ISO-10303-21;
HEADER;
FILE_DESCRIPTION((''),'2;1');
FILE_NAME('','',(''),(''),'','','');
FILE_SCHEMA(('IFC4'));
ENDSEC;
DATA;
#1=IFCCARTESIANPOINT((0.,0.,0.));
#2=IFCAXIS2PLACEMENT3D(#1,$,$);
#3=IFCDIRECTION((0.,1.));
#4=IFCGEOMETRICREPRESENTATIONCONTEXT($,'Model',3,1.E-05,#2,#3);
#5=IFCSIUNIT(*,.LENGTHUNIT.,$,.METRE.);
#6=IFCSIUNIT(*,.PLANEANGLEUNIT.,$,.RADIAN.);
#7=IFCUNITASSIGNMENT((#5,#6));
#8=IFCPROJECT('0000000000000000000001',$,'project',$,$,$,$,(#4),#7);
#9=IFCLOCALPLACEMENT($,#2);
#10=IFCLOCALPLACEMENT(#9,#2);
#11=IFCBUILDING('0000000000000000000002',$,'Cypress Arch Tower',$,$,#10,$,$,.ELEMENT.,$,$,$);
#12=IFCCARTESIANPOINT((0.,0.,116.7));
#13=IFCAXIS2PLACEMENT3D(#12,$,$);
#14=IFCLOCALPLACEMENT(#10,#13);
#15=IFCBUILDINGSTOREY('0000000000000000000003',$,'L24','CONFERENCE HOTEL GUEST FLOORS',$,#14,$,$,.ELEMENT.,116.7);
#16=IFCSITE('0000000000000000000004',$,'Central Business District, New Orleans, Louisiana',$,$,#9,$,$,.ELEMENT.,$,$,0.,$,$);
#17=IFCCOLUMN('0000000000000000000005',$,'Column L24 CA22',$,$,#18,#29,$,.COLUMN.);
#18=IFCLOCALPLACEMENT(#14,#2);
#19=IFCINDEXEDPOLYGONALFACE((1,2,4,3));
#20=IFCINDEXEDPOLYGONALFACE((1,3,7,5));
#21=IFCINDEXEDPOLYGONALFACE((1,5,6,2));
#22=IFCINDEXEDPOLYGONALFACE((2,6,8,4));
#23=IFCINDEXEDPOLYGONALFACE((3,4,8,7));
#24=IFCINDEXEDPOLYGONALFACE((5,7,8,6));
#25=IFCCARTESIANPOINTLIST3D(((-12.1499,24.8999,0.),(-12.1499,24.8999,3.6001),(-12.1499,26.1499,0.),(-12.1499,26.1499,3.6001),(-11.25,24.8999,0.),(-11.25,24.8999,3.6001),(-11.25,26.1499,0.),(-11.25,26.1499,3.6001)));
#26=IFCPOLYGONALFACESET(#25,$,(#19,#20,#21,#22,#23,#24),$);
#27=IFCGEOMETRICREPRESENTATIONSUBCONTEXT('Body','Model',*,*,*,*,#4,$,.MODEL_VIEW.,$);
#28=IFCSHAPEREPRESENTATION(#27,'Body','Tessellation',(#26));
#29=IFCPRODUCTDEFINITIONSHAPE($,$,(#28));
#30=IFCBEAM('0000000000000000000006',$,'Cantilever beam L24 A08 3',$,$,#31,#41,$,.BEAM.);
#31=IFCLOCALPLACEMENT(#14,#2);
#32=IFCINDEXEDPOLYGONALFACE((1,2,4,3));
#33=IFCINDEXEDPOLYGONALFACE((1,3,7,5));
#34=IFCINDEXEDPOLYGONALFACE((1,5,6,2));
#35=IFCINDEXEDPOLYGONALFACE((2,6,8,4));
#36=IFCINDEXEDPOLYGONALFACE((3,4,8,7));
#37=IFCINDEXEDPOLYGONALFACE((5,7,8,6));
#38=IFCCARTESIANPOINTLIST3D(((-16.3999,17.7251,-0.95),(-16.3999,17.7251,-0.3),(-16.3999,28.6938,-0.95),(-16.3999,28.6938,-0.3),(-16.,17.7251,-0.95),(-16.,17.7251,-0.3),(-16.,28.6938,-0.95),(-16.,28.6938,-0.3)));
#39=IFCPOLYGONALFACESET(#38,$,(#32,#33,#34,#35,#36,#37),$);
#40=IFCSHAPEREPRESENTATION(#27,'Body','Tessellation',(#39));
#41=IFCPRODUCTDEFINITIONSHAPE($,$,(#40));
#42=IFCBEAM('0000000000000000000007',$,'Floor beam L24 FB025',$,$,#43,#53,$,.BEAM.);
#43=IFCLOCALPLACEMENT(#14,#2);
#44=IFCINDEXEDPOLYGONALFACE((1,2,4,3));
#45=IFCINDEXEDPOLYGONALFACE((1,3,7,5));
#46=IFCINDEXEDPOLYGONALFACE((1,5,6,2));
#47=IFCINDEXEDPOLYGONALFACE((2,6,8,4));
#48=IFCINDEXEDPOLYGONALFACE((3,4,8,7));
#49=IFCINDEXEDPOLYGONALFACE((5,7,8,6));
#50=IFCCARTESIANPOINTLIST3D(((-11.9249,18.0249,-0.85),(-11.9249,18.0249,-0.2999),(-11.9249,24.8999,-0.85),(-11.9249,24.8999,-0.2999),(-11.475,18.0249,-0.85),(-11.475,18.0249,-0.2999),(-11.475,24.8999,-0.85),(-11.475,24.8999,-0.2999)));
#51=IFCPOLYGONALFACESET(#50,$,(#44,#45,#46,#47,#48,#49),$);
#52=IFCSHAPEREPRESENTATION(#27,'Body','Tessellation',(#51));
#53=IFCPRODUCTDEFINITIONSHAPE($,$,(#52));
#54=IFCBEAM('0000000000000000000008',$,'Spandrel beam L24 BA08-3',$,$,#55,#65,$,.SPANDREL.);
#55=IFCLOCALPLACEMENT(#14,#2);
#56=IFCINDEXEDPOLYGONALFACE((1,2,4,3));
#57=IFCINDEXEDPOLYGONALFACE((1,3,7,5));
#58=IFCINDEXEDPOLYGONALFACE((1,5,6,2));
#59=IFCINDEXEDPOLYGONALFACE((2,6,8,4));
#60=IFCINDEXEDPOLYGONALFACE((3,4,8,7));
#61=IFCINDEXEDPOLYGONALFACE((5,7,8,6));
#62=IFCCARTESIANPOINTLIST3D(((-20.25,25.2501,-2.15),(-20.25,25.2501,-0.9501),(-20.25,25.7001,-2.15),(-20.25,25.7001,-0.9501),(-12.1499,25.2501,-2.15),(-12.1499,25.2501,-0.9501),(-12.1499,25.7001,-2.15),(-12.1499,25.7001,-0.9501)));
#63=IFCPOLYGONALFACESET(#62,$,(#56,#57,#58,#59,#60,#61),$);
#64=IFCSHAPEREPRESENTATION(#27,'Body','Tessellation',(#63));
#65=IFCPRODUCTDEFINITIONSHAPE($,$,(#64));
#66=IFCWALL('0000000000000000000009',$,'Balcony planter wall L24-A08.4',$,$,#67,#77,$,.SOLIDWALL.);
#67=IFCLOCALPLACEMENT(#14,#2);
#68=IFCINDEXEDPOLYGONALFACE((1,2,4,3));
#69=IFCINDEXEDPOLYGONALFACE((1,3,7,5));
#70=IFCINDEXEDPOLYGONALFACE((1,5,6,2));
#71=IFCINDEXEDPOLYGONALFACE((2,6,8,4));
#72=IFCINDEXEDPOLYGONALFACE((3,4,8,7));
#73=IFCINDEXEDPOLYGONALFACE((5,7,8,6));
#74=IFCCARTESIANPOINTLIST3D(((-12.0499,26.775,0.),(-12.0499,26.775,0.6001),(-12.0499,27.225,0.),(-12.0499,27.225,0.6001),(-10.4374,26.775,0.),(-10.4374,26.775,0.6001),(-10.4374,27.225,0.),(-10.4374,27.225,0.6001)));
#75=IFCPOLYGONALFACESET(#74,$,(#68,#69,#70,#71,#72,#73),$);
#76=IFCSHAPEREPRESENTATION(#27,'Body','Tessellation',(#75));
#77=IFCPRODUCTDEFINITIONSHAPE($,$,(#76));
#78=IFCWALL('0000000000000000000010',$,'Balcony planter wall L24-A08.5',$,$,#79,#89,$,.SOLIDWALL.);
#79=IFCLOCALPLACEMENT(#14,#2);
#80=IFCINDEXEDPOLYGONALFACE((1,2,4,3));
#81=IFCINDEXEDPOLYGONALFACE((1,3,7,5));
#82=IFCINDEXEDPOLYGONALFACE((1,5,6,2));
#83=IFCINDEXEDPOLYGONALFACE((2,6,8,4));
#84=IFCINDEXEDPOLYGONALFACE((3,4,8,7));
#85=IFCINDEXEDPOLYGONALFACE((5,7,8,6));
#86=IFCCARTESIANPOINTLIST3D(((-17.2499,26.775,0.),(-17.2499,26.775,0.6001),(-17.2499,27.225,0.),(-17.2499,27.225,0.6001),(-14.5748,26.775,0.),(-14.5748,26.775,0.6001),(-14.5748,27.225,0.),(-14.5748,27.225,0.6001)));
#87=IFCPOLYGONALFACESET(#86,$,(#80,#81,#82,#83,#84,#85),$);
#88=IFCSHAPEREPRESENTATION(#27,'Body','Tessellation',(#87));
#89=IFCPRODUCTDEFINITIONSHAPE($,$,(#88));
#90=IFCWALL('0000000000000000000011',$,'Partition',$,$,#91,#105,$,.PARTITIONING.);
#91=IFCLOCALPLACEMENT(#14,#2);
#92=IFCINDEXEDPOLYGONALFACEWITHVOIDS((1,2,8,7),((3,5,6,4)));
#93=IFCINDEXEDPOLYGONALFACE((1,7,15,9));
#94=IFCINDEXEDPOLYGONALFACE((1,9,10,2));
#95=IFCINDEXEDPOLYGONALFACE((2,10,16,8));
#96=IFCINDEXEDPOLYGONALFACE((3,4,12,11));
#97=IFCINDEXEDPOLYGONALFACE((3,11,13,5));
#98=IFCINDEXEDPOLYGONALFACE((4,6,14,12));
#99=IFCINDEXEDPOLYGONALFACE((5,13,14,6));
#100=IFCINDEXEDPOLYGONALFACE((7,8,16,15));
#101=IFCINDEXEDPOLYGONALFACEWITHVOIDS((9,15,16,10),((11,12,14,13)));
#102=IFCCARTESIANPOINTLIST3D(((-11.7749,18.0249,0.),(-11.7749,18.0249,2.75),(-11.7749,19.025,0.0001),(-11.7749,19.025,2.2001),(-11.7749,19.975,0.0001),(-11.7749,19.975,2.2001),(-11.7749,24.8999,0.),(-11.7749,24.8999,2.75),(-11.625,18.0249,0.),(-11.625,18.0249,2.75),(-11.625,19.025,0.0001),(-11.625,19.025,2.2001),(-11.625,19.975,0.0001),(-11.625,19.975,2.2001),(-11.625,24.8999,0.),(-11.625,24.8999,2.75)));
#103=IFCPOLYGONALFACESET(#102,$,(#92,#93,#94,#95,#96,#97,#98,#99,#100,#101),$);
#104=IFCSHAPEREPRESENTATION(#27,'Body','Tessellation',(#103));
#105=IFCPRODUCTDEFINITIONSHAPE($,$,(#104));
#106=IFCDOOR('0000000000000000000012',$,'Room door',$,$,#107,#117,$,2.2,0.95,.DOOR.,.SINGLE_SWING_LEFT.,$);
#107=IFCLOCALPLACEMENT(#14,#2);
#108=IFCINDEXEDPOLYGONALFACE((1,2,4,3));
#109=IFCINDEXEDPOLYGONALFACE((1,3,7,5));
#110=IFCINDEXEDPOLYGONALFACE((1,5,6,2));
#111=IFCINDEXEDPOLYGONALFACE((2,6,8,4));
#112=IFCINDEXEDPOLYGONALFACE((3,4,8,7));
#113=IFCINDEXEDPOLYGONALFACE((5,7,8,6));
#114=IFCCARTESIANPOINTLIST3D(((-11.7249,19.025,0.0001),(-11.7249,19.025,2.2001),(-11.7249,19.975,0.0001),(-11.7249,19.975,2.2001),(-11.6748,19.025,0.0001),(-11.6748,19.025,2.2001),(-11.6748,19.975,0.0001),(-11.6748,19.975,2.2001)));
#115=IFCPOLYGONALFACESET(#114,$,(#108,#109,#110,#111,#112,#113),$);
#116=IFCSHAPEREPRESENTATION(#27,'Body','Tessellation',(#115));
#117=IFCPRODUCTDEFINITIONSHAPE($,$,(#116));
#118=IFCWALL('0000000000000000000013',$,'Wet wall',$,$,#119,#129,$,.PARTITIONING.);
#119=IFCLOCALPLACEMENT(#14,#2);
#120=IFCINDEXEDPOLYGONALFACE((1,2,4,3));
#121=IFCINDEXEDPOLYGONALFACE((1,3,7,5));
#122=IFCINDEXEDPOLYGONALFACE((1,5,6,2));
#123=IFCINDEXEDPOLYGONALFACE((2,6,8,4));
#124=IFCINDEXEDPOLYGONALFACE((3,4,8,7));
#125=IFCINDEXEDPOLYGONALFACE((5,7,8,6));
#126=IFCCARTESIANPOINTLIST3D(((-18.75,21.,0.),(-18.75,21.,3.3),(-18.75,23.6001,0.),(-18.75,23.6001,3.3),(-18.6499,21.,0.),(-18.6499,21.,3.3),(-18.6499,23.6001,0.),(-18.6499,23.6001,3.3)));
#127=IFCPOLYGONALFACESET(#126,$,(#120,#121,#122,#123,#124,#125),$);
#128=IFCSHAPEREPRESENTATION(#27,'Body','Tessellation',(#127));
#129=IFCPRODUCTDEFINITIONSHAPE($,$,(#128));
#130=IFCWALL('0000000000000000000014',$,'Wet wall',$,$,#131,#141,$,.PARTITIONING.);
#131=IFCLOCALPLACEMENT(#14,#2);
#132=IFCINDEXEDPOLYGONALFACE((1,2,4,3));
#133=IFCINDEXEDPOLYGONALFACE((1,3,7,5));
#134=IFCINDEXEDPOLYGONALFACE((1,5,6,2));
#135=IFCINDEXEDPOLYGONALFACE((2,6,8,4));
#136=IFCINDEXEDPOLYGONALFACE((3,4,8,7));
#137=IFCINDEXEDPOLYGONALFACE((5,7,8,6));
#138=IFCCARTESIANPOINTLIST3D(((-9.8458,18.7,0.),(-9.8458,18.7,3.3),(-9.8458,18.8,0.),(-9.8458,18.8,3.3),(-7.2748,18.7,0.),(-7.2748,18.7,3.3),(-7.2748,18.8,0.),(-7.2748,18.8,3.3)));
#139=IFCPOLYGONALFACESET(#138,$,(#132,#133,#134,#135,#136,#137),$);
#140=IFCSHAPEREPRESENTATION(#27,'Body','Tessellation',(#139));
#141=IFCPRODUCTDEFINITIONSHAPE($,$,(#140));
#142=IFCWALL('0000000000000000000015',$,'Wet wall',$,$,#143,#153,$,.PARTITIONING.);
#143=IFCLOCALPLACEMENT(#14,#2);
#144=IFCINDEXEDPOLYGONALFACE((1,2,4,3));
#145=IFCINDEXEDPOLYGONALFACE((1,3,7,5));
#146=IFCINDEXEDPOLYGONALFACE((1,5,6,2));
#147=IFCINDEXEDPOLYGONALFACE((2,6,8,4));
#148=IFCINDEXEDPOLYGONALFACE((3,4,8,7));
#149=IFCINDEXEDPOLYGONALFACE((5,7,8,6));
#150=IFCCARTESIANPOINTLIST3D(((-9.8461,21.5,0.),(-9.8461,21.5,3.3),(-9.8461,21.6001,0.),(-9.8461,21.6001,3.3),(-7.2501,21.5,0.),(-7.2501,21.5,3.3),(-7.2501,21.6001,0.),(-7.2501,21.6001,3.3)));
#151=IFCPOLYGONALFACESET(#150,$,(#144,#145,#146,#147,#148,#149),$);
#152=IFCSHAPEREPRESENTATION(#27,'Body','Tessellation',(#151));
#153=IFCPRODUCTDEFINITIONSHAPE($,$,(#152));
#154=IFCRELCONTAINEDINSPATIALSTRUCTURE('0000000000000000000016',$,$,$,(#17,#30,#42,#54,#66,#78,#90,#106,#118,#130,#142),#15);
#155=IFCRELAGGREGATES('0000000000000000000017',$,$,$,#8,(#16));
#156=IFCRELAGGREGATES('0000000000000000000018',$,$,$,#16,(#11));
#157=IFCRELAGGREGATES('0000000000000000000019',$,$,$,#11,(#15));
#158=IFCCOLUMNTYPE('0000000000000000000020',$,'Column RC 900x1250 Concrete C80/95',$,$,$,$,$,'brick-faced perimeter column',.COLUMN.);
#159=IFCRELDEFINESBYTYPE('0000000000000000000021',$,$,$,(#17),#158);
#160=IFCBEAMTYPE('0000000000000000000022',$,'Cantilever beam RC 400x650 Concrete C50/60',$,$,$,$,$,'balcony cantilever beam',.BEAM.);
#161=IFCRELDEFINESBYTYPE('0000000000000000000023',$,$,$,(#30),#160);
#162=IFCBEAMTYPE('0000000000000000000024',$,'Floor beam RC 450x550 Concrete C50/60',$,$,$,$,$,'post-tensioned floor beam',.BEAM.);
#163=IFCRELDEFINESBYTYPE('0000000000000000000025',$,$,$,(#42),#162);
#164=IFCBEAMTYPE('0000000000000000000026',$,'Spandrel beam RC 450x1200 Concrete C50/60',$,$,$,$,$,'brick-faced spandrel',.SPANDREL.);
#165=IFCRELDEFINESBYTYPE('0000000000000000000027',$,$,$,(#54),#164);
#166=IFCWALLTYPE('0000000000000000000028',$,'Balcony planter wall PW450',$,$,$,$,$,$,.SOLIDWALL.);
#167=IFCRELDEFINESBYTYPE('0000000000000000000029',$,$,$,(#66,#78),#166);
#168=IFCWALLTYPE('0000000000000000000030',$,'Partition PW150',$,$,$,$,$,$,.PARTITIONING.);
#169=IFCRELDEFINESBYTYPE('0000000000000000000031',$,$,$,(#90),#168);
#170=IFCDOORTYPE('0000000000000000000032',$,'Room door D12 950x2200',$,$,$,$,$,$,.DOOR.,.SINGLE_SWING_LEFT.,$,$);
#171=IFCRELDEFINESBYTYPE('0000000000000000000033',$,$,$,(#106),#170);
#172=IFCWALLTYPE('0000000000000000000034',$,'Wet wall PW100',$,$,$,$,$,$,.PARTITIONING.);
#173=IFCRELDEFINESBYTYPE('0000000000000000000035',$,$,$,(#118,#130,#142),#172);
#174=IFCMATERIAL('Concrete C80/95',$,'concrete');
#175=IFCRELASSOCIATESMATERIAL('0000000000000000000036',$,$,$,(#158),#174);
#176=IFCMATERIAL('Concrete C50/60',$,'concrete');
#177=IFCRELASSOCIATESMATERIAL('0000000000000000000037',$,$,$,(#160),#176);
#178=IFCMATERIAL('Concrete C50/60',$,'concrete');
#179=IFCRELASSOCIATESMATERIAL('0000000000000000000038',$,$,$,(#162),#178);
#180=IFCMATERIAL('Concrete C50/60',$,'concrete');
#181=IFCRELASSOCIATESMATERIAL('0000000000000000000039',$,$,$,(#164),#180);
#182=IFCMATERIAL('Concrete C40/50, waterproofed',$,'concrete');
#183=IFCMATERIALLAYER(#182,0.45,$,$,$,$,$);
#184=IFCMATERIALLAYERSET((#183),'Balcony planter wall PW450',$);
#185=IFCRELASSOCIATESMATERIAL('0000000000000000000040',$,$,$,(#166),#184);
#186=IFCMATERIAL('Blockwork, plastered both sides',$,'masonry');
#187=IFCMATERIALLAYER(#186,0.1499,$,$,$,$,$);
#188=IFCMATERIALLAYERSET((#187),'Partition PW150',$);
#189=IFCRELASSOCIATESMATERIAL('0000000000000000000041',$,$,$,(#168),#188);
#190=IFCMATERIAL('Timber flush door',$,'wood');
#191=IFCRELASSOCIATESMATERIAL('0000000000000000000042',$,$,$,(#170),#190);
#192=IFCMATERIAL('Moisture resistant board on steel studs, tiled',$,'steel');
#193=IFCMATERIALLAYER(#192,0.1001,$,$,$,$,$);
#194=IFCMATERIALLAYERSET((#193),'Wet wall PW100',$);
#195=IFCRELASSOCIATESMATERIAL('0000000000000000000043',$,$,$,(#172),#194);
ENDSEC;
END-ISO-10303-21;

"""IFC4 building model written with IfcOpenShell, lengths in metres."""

from ifc_helpers import new_model, si_unit, direction, frame, frame_2d, origin, origin_2d, place, context, subcontext, project, spatial, rectangle, extrude, material, layer, layer_set, material_profile, profile_set, type_object, element, fill, save


model = new_model("IFC4")

# Units and contexts
model_context = context("Model", 3, precision=1e-05, world=origin(), true_north=direction((0.0, 1.0)))
body_context = subcontext(model_context, "Body", "Model", "MODEL_VIEW")
ifc_project = project(units=[si_unit("LENGTHUNIT", "METRE"), si_unit("PLANEANGLEUNIT", "RADIAN")], contexts=[model_context])

# Site, building, storey
site_placement = place(None, origin())
site = spatial("IfcSite", under=ifc_project, at=site_placement, Name="Central Business District, New Orleans, Louisiana", CompositionType="ELEMENT", RefElevation=0.0)
building_placement = place(site_placement, origin())
building = spatial("IfcBuilding", under=site, at=building_placement, Name="Cypress Arch Tower", CompositionType="ELEMENT")
storey_placement = place(building_placement, frame((0.0, 0.0, 116.7)))
storey = spatial("IfcBuildingStorey", under=building, at=storey_placement, Name="L24", Description="CONFERENCE HOTEL GUEST FLOORS", CompositionType="ELEMENT", Elevation=116.7)

# Column
ifc_material_1 = material(Name="Concrete C80/95", Category="concrete")
ifc_material_profile_1 = material_profile(ifc_material_1, rectangle(XDim=0.8999, YDim=1.25, at=origin_2d()), Name="RC 900x1250")
ifc_profile_set_1 = profile_set([ifc_material_profile_1], Name="Concrete C80/95")
column_type = type_object("IfcColumnType", Name="Column RC 900x1250 Concrete C80/95", ElementType="brick-faced perimeter column", PredefinedType="COLUMN", material=ifc_profile_set_1)
column_placement = place(storey_placement, frame((-11.7, 25.5249, 0.0), z_axis=(0.0, 0.0, 1.0), x_axis=(-1.0, 0.0, 0.0)))
element("IfcColumn", 1, at=column_placement, inside=storey, type_object=column_type, Name="Column L24 CA22", PredefinedType="COLUMN", context=body_context, shape_type="SweptSolid", body=[
    extrude(rectangle(XDim=0.8999, YDim=1.25, at=origin_2d()), origin(), (0.0, 0.0, 1.0), 3.6001),
])

# Beams
ifc_material_2 = material(Name="Concrete C50/60", Category="concrete")
ifc_material_profile_2 = material_profile(ifc_material_2, rectangle(XDim=0.3999, YDim=0.6499, at=origin_2d()), Name="RC 400x650")
ifc_profile_set_2 = profile_set([ifc_material_profile_2], Name="Concrete C50/60")
beam_type_1 = type_object("IfcBeamType", Name="Cantilever beam RC 400x650 Concrete C50/60", ElementType="balcony cantilever beam", PredefinedType="BEAM", material=ifc_profile_set_2)
beam_1_placement = place(storey_placement, frame((-16.2, 17.7251, -0.625), z_axis=(0.0, 1.0, 0.0), x_axis=(-1.0, 0.0, 0.0)))
element("IfcBeam", 2, at=beam_1_placement, inside=storey, type_object=beam_type_1, Name="Cantilever beam L24 A08 3", PredefinedType="BEAM", context=body_context, shape_type="SweptSolid", body=[
    extrude(rectangle(XDim=0.3999, YDim=0.6499, at=origin_2d()), origin(), (0.0, 0.0, 1.0), 10.9688),
])
ifc_material_3 = material(Name="Concrete C50/60", Category="concrete")
ifc_material_profile_3 = material_profile(ifc_material_3, rectangle(XDim=0.45, YDim=0.55, at=origin_2d()), Name="RC 450x550")
ifc_profile_set_3 = profile_set([ifc_material_profile_3], Name="Concrete C50/60")
beam_type_2 = type_object("IfcBeamType", Name="Floor beam RC 450x550 Concrete C50/60", ElementType="post-tensioned floor beam", PredefinedType="BEAM", material=ifc_profile_set_3)
beam_2_placement = place(storey_placement, frame((-11.7, 18.0249, -0.575), z_axis=(0.0, 1.0, 0.0), x_axis=(-1.0, 0.0, 0.0)))
element("IfcBeam", 3, at=beam_2_placement, inside=storey, type_object=beam_type_2, Name="Floor beam L24 FB025", PredefinedType="BEAM", context=body_context, shape_type="SweptSolid", body=[
    extrude(rectangle(XDim=0.45, YDim=0.55, at=origin_2d()), origin(), (0.0, 0.0, 1.0), 6.875),
])
ifc_material_4 = material(Name="Concrete C50/60", Category="concrete")
ifc_material_profile_4 = material_profile(ifc_material_4, rectangle(XDim=0.45, YDim=1.2, at=origin_2d()), Name="RC 450x1200")
ifc_profile_set_4 = profile_set([ifc_material_profile_4], Name="Concrete C50/60")
beam_type_3 = type_object("IfcBeamType", Name="Spandrel beam RC 450x1200 Concrete C50/60", ElementType="brick-faced spandrel", PredefinedType="SPANDREL", material=ifc_profile_set_4)
beam_3_placement = place(storey_placement, frame((-12.1499, 25.4751, -1.55), z_axis=(-1.0, 0.0, 0.0), x_axis=(0.0, -1.0, 0.0)))
element("IfcBeam", 4, at=beam_3_placement, inside=storey, type_object=beam_type_3, Name="Spandrel beam L24 BA08-3", PredefinedType="SPANDREL", context=body_context, shape_type="SweptSolid", body=[
    extrude(rectangle(XDim=0.45, YDim=1.2, at=origin_2d()), origin(), (0.0, 0.0, 1.0), 8.1001),
])

# Walls
ifc_material_5 = material(Name="Concrete C40/50, waterproofed", Category="concrete")
ifc_layer_1 = layer(ifc_material_5, 0.45)
ifc_layer_set_1 = layer_set([ifc_layer_1], Name="Balcony planter wall PW450")
wall_type_1 = type_object("IfcWallType", Name="Balcony planter wall PW450", PredefinedType="SOLIDWALL", material=ifc_layer_set_1)
wall_1_placement = place(storey_placement, frame((-10.4375, 27.0, 0.0), z_axis=(0.0, 0.0, 1.0), x_axis=(-1.0, 0.0, 0.0)))
element("IfcWall", 5, at=wall_1_placement, inside=storey, type_object=wall_type_1, Name="Balcony planter wall L24-A08.4", PredefinedType="SOLIDWALL", context=body_context, shape_type="SweptSolid", body=[
    extrude(rectangle(XDim=1.6125, YDim=0.45, at=frame_2d((0.8062, 0.0))), origin(), (0.0, 0.0, 1.0), 0.6001),
])
wall_2_placement = place(storey_placement, frame((-14.575, 27.0, 0.0), z_axis=(0.0, 0.0, 1.0), x_axis=(-1.0, 0.0, 0.0)))
element("IfcWall", 6, at=wall_2_placement, inside=storey, type_object=wall_type_1, Name="Balcony planter wall L24-A08.5", PredefinedType="SOLIDWALL", context=body_context, shape_type="SweptSolid", body=[
    extrude(rectangle(XDim=2.675, YDim=0.45, at=frame_2d((1.3374, 0.0))), origin(), (0.0, 0.0, 1.0), 0.6001),
])

# Wall, opening, door
ifc_material_6 = material(Name="Blockwork, plastered both sides", Category="masonry")
ifc_layer_2 = layer(ifc_material_6, 0.1499)
ifc_layer_set_2 = layer_set([ifc_layer_2], Name="Partition PW150")
wall_type_2 = type_object("IfcWallType", Name="Partition PW150", PredefinedType="PARTITIONING", material=ifc_layer_set_2)
wall_3_placement = place(storey_placement, frame((-11.7, 18.0249, 0.0), z_axis=(0.0, 0.0, 1.0), x_axis=(0.0, 1.0, 0.0)))
wall_3 = element("IfcWall", 7, at=wall_3_placement, inside=storey, type_object=wall_type_2, Name="Partition", PredefinedType="PARTITIONING", context=body_context, shape_type="SweptSolid", body=[
    extrude(rectangle(XDim=6.875, YDim=0.1499, at=frame_2d((3.4375, 0.0))), origin(), (0.0, 0.0, 1.0), 2.75),
])
opening_1_placement = place(wall_3_placement, frame((1.0, 0.0, 0.0)))
opening_1 = element("IfcOpeningElement", 8, at=opening_1_placement, cuts=wall_3, PredefinedType="OPENING", context=body_context, shape_type="SweptSolid", body=[
    extrude(rectangle(XDim=0.95, YDim=2.2, at=frame_2d((0.4751, 1.1001))), frame((0.0, 0.085, 0.0), z_axis=(0.0, -1.0, 0.0), x_axis=(1.0, 0.0, 0.0)), (0.0, 0.0, 1.0), 0.1699),
])
ifc_material_7 = material(Name="Timber flush door", Category="wood")
door_type_1 = type_object("IfcDoorType", Name="Room door D12 950x2200", OperationType="SINGLE_SWING_LEFT", PredefinedType="DOOR", material=ifc_material_7)
door_1_placement = place(opening_1_placement, origin())
door_1 = element("IfcDoor", 9, at=door_1_placement, inside=storey, type_object=door_type_1, Name="Room door", OperationType="SINGLE_SWING_LEFT", OverallHeight=2.2, OverallWidth=0.95, PredefinedType="DOOR", context=body_context, shape_type="SweptSolid", body=[
    extrude(rectangle(XDim=0.95, YDim=2.2, at=frame_2d((0.4751, 1.1001))), frame((0.0, 0.0249, 0.0), z_axis=(0.0, -1.0, 0.0), x_axis=(1.0, 0.0, 0.0)), (0.0, 0.0, 1.0), 0.05),
])
fill(opening_1, door_1)

# Walls
ifc_material_8 = material(Name="Moisture resistant board on steel studs, tiled", Category="steel")
ifc_layer_3 = layer(ifc_material_8, 0.1001)
ifc_layer_set_3 = layer_set([ifc_layer_3], Name="Wet wall PW100")
wall_type_3 = type_object("IfcWallType", Name="Wet wall PW100", PredefinedType="PARTITIONING", material=ifc_layer_set_3)
wall_4_placement = place(storey_placement, frame((-18.7, 21.0, 0.0), z_axis=(0.0, 0.0, 1.0), x_axis=(0.0, 1.0, 0.0)))
element("IfcWall", 10, at=wall_4_placement, inside=storey, type_object=wall_type_3, Name="Wet wall", PredefinedType="PARTITIONING", context=body_context, shape_type="SweptSolid", body=[
    extrude(rectangle(XDim=2.6001, YDim=0.1001, at=frame_2d((1.3, 0.0))), origin(), (0.0, 0.0, 1.0), 3.3),
])
wall_5_placement = place(storey_placement, frame((-9.8459, 18.75, 0.0), z_axis=(0.0, 0.0, 1.0), x_axis=(1.0, 0.0, 0.0)))
element("IfcWall", 11, at=wall_5_placement, inside=storey, type_object=wall_type_3, Name="Wet wall", PredefinedType="PARTITIONING", context=body_context, shape_type="SweptSolid", body=[
    extrude(rectangle(XDim=2.571, YDim=0.1001, at=frame_2d((1.2856, 0.0))), origin(), (0.0, 0.0, 1.0), 3.3),
])
wall_6_placement = place(storey_placement, frame((-9.8459, 21.55, 0.0), z_axis=(0.0, 0.0, 1.0), x_axis=(1.0, 0.0, 0.0)))
element("IfcWall", 12, at=wall_6_placement, inside=storey, type_object=wall_type_3, Name="Wet wall", PredefinedType="PARTITIONING", context=body_context, shape_type="SweptSolid", body=[
    extrude(rectangle(XDim=2.5959, YDim=0.1001, at=frame_2d((1.2979, 0.0))), origin(), (0.0, 0.0, 1.0), 3.3),
])

save(model, "model.ifc")
